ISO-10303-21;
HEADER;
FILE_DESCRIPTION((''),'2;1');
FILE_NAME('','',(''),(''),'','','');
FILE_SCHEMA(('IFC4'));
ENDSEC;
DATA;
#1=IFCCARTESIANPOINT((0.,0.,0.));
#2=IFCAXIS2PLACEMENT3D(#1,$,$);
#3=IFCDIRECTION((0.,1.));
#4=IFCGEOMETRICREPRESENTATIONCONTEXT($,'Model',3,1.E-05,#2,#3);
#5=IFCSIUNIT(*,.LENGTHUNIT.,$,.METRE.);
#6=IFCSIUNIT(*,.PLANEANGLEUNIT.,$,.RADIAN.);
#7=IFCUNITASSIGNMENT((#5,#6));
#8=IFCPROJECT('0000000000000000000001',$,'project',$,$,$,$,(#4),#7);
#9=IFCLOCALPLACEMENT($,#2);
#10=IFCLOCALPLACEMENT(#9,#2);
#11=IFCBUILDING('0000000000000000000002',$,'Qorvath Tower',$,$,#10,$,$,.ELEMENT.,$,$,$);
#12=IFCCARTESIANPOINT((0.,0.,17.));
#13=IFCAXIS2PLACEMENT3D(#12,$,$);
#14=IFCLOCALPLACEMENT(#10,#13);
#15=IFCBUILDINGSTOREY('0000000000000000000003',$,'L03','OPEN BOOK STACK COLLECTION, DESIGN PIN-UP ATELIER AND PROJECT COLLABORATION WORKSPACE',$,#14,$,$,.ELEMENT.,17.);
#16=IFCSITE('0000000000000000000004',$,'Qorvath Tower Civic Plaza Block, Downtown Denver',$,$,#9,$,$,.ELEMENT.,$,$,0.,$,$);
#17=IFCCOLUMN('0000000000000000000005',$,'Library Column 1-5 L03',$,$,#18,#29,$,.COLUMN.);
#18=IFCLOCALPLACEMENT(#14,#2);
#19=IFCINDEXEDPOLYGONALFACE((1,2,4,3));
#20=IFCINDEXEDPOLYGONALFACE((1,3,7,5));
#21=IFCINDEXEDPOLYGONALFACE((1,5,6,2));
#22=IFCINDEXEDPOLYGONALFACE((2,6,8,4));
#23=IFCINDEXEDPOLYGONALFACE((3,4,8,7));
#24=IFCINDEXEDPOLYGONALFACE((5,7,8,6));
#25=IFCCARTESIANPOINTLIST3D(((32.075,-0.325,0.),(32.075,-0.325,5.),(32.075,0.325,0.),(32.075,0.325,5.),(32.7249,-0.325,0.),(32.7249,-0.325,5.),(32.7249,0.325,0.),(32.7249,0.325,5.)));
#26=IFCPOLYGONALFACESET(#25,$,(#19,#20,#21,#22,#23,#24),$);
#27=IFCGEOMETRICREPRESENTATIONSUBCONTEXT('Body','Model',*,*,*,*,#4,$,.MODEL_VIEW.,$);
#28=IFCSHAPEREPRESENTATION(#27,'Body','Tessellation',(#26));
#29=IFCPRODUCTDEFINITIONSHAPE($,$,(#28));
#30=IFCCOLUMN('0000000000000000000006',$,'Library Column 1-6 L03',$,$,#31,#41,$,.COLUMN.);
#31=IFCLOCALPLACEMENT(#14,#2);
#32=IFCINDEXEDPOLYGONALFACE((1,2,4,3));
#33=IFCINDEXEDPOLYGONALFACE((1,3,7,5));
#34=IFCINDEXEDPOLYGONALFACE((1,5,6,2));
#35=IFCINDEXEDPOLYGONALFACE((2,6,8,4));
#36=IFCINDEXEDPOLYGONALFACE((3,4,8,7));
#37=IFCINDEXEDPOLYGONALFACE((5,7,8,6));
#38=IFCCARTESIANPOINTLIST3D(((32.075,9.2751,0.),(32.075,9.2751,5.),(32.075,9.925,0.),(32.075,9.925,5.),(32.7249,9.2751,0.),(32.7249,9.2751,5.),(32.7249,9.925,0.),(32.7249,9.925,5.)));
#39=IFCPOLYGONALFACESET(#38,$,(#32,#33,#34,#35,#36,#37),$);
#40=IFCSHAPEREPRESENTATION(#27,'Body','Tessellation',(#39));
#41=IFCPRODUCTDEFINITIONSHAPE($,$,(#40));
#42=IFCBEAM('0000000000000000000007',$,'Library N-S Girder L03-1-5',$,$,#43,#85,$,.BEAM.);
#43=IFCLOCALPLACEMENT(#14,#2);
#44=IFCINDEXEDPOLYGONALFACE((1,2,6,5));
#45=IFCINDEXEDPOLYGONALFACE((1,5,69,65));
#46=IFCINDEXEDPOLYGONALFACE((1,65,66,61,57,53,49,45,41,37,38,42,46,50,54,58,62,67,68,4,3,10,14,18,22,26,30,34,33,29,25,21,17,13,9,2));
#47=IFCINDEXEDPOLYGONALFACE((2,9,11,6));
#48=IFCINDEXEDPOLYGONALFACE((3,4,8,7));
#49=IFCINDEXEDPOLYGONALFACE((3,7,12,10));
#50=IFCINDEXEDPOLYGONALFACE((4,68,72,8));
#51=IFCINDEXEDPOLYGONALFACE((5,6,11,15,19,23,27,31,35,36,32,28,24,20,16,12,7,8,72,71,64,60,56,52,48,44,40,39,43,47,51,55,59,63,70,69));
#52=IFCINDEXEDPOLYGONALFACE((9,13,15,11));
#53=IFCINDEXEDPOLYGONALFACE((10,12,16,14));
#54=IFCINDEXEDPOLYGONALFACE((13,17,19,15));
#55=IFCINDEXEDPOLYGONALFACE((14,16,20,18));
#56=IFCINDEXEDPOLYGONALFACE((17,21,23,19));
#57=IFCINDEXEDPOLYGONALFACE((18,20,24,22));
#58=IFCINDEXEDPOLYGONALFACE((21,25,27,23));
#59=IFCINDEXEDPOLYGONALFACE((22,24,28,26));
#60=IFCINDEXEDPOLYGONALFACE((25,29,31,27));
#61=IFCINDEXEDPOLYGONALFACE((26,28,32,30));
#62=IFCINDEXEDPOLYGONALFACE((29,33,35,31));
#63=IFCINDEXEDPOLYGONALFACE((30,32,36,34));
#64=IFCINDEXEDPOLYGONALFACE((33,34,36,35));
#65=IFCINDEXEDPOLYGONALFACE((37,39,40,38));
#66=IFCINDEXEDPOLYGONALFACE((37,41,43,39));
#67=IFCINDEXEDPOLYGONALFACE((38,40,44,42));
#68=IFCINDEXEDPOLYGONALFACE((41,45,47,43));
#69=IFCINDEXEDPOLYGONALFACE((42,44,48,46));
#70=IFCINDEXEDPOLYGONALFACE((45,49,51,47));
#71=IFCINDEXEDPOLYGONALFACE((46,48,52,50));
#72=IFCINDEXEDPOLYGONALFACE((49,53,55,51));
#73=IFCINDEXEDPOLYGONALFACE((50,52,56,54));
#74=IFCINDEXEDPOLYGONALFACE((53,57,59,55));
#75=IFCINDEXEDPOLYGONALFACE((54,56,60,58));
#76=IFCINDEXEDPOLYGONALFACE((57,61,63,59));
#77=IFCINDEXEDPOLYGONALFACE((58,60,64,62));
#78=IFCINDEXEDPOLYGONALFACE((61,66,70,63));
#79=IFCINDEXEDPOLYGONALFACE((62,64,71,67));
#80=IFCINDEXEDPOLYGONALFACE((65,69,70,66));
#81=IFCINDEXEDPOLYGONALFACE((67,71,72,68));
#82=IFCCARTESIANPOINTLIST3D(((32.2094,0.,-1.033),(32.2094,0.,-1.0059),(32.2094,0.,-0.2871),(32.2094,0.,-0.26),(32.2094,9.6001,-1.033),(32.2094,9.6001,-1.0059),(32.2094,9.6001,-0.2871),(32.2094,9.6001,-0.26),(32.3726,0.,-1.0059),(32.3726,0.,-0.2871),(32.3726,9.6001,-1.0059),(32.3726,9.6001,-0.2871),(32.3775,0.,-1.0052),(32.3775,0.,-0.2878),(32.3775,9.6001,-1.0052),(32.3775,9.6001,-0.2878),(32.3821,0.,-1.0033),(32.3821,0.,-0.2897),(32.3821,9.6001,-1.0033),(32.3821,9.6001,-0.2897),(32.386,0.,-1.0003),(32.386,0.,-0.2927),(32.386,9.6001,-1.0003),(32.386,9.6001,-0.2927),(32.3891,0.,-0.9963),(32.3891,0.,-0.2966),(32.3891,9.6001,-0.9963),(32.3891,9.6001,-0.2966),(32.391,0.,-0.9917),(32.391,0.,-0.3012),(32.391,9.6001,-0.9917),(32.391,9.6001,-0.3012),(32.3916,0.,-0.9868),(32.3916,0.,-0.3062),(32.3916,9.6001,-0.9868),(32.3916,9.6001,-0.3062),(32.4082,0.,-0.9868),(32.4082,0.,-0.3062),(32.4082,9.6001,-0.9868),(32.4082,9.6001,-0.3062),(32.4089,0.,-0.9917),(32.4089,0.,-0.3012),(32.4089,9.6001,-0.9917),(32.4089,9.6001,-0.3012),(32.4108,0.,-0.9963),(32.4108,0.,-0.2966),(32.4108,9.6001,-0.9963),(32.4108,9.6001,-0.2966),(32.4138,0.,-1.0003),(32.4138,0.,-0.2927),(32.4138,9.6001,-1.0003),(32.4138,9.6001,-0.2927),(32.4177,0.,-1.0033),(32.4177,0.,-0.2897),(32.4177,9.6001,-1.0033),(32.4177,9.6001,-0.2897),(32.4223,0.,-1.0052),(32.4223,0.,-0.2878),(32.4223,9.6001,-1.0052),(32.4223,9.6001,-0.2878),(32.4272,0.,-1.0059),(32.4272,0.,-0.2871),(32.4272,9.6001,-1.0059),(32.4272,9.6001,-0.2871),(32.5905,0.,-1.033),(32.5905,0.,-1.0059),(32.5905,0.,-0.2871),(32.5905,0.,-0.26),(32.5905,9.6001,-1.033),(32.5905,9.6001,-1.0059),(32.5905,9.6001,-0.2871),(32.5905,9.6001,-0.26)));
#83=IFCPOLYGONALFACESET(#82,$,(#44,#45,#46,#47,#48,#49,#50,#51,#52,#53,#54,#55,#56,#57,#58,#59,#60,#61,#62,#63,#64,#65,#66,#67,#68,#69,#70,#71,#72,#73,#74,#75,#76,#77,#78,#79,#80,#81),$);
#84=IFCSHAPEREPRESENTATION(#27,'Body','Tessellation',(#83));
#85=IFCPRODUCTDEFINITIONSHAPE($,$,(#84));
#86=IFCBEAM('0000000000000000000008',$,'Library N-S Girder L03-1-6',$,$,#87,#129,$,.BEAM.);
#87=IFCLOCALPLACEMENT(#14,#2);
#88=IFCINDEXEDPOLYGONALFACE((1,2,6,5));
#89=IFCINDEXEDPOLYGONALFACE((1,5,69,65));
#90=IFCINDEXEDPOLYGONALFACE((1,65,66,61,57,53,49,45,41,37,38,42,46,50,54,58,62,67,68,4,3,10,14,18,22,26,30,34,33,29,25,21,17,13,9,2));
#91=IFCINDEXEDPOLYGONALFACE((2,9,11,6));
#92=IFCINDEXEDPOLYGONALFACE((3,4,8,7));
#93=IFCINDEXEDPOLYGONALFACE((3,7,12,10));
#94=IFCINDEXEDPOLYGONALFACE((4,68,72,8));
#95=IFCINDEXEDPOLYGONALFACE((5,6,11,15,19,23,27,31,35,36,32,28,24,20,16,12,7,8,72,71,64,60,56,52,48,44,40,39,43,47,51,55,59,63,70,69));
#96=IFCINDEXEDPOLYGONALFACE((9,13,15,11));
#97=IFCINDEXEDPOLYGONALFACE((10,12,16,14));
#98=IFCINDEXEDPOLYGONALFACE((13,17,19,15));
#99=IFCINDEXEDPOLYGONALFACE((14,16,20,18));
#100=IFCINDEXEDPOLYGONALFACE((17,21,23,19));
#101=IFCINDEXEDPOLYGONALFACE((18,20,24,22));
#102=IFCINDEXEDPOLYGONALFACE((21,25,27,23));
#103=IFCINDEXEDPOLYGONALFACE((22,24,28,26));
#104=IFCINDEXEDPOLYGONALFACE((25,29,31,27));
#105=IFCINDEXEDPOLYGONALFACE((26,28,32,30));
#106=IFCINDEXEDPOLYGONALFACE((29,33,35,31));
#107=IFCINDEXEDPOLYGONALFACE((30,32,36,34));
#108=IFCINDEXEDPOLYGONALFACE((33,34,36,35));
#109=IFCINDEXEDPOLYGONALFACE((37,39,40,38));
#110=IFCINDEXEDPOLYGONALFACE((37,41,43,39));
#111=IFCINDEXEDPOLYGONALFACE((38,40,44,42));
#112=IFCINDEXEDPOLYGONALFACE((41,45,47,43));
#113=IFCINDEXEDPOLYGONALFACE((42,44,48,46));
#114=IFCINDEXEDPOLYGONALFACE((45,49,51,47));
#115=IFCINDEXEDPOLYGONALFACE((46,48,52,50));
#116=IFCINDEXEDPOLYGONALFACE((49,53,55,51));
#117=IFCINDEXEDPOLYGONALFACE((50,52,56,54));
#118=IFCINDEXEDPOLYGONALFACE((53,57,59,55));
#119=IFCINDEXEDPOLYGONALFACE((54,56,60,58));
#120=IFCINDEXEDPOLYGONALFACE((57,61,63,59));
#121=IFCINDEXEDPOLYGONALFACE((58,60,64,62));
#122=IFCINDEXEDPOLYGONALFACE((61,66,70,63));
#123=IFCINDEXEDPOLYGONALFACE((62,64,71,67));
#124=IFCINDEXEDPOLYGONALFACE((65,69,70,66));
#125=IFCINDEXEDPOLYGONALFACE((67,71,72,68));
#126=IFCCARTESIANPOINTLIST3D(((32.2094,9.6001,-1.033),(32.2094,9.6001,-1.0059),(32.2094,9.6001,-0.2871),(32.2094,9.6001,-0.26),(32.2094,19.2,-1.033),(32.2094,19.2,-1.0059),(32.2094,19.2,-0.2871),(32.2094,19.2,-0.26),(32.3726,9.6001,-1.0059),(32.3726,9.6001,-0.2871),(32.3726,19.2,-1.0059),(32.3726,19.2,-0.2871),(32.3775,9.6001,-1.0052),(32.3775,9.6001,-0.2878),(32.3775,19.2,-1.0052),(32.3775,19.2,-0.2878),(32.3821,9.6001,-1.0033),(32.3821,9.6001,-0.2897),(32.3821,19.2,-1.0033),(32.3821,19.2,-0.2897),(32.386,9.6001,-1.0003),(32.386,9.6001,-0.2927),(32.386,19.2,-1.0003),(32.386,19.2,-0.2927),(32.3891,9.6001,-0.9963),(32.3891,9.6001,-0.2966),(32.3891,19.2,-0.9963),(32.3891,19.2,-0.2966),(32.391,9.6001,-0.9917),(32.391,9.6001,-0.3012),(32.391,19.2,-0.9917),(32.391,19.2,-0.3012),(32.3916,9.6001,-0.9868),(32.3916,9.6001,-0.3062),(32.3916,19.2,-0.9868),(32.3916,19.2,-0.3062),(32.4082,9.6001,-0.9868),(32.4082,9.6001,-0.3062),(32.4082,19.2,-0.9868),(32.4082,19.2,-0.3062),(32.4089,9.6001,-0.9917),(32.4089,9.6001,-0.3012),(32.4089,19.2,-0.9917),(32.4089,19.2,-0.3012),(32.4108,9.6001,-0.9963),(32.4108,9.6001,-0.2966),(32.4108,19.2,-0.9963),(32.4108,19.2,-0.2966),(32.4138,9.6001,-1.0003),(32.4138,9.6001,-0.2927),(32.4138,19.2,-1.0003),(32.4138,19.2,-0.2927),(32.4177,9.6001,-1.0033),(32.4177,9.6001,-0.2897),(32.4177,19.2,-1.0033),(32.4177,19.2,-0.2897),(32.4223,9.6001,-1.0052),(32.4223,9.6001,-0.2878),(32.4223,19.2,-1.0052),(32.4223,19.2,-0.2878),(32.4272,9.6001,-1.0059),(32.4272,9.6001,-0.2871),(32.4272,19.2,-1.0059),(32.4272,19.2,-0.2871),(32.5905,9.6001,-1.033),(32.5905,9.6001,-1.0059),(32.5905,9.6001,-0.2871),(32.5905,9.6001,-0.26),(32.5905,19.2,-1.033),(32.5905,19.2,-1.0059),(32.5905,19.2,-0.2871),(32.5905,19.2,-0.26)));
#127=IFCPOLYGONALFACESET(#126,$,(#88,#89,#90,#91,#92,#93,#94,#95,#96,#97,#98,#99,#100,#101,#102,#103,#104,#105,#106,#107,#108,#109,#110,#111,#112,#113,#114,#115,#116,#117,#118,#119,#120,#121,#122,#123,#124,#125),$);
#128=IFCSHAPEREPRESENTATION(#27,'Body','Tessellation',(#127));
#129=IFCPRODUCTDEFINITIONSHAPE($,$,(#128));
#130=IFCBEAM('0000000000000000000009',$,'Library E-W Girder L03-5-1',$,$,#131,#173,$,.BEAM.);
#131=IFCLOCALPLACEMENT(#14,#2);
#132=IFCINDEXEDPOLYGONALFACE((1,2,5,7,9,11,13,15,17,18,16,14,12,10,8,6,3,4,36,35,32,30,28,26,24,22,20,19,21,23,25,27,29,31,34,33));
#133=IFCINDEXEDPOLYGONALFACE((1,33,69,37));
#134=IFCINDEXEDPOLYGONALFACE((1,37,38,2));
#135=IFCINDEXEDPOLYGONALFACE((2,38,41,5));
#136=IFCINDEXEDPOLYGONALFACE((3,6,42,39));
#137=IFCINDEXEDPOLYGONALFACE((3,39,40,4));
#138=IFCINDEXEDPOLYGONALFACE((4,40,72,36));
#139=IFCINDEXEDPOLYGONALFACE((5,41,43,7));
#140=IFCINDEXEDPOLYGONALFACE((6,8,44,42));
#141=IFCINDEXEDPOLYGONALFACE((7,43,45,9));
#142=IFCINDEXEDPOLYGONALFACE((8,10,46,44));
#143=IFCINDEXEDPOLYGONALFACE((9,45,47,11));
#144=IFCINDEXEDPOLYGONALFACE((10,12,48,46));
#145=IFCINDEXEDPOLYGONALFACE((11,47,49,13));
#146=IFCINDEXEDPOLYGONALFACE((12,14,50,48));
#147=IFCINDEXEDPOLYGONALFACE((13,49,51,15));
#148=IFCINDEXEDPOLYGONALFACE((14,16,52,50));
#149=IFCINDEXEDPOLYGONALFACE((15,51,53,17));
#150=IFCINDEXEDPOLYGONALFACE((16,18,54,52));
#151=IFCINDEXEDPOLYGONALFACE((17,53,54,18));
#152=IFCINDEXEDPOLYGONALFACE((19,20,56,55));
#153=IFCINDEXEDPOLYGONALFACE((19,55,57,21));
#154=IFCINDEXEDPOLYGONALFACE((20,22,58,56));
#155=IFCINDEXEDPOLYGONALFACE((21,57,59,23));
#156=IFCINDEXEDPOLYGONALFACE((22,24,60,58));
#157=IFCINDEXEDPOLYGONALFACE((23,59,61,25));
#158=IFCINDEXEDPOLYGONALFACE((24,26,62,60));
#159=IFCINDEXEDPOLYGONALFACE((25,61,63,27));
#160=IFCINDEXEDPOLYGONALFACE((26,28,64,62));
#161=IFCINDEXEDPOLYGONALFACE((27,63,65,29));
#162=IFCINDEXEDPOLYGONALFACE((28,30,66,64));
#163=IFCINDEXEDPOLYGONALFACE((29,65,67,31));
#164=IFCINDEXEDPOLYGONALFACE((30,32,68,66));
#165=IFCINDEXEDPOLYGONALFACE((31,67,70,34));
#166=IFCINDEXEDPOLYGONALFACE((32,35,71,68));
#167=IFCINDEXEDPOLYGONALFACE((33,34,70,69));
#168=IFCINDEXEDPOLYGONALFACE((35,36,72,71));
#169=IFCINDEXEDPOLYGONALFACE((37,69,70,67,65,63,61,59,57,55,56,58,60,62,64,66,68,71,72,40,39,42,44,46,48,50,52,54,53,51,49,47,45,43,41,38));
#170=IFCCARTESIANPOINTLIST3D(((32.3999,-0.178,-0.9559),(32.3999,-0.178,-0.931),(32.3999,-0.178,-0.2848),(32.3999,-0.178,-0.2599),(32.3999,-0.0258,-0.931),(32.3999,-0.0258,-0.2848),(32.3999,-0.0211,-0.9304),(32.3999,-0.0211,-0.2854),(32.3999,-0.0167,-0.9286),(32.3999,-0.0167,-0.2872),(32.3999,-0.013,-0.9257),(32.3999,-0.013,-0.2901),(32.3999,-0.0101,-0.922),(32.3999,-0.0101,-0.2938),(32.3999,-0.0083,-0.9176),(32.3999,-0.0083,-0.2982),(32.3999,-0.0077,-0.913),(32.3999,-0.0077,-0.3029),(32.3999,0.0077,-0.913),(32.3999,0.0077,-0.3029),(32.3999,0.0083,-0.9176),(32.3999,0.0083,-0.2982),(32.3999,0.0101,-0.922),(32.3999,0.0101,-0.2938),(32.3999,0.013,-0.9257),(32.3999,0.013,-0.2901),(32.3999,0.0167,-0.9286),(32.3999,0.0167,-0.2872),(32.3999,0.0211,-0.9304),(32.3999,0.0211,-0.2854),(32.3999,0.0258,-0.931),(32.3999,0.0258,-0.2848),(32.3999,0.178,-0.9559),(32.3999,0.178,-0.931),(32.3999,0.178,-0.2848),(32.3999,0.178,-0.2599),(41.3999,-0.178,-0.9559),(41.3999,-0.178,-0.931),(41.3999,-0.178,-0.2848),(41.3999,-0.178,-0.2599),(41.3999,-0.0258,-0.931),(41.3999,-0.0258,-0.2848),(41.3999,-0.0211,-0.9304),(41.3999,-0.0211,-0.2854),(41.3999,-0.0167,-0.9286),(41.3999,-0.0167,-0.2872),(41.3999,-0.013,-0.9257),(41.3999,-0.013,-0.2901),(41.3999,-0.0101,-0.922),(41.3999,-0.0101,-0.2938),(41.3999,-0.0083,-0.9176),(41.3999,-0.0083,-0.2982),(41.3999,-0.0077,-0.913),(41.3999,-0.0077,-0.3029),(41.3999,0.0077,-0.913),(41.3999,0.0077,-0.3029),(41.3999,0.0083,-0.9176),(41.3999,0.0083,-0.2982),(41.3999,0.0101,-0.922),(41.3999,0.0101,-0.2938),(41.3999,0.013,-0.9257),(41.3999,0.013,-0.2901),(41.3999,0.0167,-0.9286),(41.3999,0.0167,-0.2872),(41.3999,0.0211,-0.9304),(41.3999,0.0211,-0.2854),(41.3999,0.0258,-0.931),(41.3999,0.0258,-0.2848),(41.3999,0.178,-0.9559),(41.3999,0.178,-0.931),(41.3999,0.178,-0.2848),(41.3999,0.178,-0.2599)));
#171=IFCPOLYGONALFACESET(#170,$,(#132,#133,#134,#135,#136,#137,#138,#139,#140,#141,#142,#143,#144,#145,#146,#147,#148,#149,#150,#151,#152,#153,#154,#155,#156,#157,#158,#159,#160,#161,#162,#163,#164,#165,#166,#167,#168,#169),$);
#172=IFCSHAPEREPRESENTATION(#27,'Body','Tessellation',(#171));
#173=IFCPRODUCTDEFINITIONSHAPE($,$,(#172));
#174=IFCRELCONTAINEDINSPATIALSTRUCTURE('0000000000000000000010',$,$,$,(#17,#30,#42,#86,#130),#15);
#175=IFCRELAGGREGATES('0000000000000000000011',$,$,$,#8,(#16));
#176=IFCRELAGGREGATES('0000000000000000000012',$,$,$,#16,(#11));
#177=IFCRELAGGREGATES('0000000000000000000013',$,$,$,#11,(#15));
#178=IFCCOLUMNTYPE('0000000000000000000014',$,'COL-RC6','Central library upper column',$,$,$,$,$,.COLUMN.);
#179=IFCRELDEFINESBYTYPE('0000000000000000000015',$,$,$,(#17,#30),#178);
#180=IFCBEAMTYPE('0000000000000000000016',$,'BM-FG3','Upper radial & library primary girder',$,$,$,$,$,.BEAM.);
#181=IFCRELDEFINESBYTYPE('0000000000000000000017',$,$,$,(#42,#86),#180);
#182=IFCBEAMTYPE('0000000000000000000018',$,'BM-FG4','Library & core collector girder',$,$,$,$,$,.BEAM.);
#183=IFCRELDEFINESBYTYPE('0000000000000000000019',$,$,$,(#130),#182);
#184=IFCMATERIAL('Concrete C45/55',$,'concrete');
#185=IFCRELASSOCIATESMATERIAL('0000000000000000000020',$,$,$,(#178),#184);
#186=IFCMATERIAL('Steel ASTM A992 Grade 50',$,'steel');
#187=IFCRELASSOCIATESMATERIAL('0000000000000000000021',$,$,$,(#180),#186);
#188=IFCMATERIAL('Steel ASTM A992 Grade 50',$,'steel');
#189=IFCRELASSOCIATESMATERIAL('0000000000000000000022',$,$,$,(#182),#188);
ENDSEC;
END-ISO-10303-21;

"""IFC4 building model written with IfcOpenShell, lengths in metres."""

from ifc_helpers import new_model, si_unit, direction, frame, origin, origin_2d, place, context, subcontext, project, spatial, rectangle, i_section, extrude, material, material_profile, profile_set, type_object, element, save


model = new_model("IFC4")

# Units and contexts
model_context = context("Model", 3, precision=1e-05, world=origin(), true_north=direction((0.0, 1.0)))
body_context = subcontext(model_context, "Body", "Model", "MODEL_VIEW")
ifc_project = project(units=[si_unit("LENGTHUNIT", "METRE"), si_unit("PLANEANGLEUNIT", "RADIAN")], contexts=[model_context])

# Site, building, storey
site_placement = place(None, origin())
site = spatial("IfcSite", under=ifc_project, at=site_placement, Name="Qorvath Tower Civic Plaza Block, Downtown Denver", CompositionType="ELEMENT", RefElevation=0.0)
building_placement = place(site_placement, origin())
building = spatial("IfcBuilding", under=site, at=building_placement, Name="Qorvath Tower", CompositionType="ELEMENT")
storey_placement = place(building_placement, frame((0.0, 0.0, 17.0)))
storey = spatial("IfcBuildingStorey", under=building, at=storey_placement, Name="L03", Description="OPEN BOOK STACK COLLECTION, DESIGN PIN-UP ATELIER AND PROJECT COLLABORATION WORKSPACE", CompositionType="ELEMENT", Elevation=17.0)

# Columns
ifc_material_1 = material(Name="Concrete C45/55", Category="concrete")
ifc_material_profile_1 = material_profile(ifc_material_1, rectangle(XDim=0.6499, YDim=0.6499, at=origin_2d()), Name="RC 650x650")
ifc_profile_set_1 = profile_set([ifc_material_profile_1], Name="Concrete C45/55")
column_type = type_object("IfcColumnType", Name="COL-RC6", Description="Central library upper column", PredefinedType="COLUMN", material=ifc_profile_set_1)
for number, where, z_axis, x_axis, name in (
    (1, (32.3999, 0.0, 0.0), (0.0, 0.0, 1.0), (1.0, 0.0, 0.0), "Library Column 1-5 L03"),
    (2, (32.3999, 9.6001, 0.0), (0.0, 0.0, 1.0), (1.0, 0.0, 0.0), "Library Column 1-6 L03"),
):
    element("IfcColumn", number, at=place(storey_placement, frame(where, z_axis=z_axis, x_axis=x_axis)), inside=storey, type_object=column_type, Name=name, PredefinedType="COLUMN", context=body_context, shape_type="SweptSolid", body=[
        extrude(rectangle(XDim=0.6499, YDim=0.6499, at=origin_2d()), origin(), (0.0, 0.0, 1.0), 5.0),
    ])

# Beams
ifc_material_2 = material(Name="Steel ASTM A992 Grade 50", Category="steel")
ifc_material_profile_2 = material_profile(ifc_material_2, i_section(OverallWidth=0.3811, OverallDepth=0.7729, WebThickness=0.0166, FlangeThickness=0.0271, FilletRadius=0.019, at=origin_2d()), Name="W30x173")
ifc_profile_set_2 = profile_set([ifc_material_profile_2], Name="Steel ASTM A992 Grade 50")
beam_type_1 = type_object("IfcBeamType", Name="BM-FG3", Description="Upper radial & library primary girder", PredefinedType="BEAM", material=ifc_profile_set_2)
beam_1_placement = place(storey_placement, frame((32.3999, 0.0, -0.6465), z_axis=(0.0, 1.0, 0.0), x_axis=(-1.0, 0.0, 0.0)))
element("IfcBeam", 3, at=beam_1_placement, inside=storey, type_object=beam_type_1, Name="Library N-S Girder L03-1-5", PredefinedType="BEAM", context=body_context, shape_type="SweptSolid", body=[
    extrude(i_section(OverallWidth=0.3811, OverallDepth=0.7729, WebThickness=0.0166, FlangeThickness=0.0271, FilletRadius=0.019, at=origin_2d()), origin(), (0.0, 0.0, 1.0), 9.6001),
])
beam_2_placement = place(storey_placement, frame((32.3999, 9.6001, -0.6465), z_axis=(0.0, 1.0, 0.0), x_axis=(-1.0, 0.0, 0.0)))
element("IfcBeam", 4, at=beam_2_placement, inside=storey, type_object=beam_type_1, Name="Library N-S Girder L03-1-6", PredefinedType="BEAM", context=body_context, shape_type="SweptSolid", body=[
    extrude(i_section(OverallWidth=0.3811, OverallDepth=0.7729, WebThickness=0.0166, FlangeThickness=0.0271, FilletRadius=0.019, at=origin_2d()), origin(), (0.0, 0.0, 1.0), 9.5999),
])
ifc_material_3 = material(Name="Steel ASTM A992 Grade 50", Category="steel")
ifc_material_profile_3 = material_profile(ifc_material_3, i_section(OverallWidth=0.356, OverallDepth=0.696, WebThickness=0.0154, FlangeThickness=0.0249, FilletRadius=0.0181, at=origin_2d()), Name="W27x146")
ifc_profile_set_3 = profile_set([ifc_material_profile_3], Name="Steel ASTM A992 Grade 50")
beam_type_2 = type_object("IfcBeamType", Name="BM-FG4", Description="Library & core collector girder", PredefinedType="BEAM", material=ifc_profile_set_3)
for number, where, z_axis, x_axis, name in (
    (5, (32.3999, 0.0, -0.6079), (1.0, 0.0, 0.0), (0.0, 1.0, 0.0), "Library E-W Girder L03-5-1"),
):
    element("IfcBeam", number, at=place(storey_placement, frame(where, z_axis=z_axis, x_axis=x_axis)), inside=storey, type_object=beam_type_2, Name=name, PredefinedType="BEAM", context=body_context, shape_type="SweptSolid", body=[
        extrude(i_section(OverallWidth=0.356, OverallDepth=0.696, WebThickness=0.0154, FlangeThickness=0.0249, FilletRadius=0.0181, at=origin_2d()), origin(), (0.0, 0.0, 1.0), 9.0),
    ])

save(model, "model.ifc")
